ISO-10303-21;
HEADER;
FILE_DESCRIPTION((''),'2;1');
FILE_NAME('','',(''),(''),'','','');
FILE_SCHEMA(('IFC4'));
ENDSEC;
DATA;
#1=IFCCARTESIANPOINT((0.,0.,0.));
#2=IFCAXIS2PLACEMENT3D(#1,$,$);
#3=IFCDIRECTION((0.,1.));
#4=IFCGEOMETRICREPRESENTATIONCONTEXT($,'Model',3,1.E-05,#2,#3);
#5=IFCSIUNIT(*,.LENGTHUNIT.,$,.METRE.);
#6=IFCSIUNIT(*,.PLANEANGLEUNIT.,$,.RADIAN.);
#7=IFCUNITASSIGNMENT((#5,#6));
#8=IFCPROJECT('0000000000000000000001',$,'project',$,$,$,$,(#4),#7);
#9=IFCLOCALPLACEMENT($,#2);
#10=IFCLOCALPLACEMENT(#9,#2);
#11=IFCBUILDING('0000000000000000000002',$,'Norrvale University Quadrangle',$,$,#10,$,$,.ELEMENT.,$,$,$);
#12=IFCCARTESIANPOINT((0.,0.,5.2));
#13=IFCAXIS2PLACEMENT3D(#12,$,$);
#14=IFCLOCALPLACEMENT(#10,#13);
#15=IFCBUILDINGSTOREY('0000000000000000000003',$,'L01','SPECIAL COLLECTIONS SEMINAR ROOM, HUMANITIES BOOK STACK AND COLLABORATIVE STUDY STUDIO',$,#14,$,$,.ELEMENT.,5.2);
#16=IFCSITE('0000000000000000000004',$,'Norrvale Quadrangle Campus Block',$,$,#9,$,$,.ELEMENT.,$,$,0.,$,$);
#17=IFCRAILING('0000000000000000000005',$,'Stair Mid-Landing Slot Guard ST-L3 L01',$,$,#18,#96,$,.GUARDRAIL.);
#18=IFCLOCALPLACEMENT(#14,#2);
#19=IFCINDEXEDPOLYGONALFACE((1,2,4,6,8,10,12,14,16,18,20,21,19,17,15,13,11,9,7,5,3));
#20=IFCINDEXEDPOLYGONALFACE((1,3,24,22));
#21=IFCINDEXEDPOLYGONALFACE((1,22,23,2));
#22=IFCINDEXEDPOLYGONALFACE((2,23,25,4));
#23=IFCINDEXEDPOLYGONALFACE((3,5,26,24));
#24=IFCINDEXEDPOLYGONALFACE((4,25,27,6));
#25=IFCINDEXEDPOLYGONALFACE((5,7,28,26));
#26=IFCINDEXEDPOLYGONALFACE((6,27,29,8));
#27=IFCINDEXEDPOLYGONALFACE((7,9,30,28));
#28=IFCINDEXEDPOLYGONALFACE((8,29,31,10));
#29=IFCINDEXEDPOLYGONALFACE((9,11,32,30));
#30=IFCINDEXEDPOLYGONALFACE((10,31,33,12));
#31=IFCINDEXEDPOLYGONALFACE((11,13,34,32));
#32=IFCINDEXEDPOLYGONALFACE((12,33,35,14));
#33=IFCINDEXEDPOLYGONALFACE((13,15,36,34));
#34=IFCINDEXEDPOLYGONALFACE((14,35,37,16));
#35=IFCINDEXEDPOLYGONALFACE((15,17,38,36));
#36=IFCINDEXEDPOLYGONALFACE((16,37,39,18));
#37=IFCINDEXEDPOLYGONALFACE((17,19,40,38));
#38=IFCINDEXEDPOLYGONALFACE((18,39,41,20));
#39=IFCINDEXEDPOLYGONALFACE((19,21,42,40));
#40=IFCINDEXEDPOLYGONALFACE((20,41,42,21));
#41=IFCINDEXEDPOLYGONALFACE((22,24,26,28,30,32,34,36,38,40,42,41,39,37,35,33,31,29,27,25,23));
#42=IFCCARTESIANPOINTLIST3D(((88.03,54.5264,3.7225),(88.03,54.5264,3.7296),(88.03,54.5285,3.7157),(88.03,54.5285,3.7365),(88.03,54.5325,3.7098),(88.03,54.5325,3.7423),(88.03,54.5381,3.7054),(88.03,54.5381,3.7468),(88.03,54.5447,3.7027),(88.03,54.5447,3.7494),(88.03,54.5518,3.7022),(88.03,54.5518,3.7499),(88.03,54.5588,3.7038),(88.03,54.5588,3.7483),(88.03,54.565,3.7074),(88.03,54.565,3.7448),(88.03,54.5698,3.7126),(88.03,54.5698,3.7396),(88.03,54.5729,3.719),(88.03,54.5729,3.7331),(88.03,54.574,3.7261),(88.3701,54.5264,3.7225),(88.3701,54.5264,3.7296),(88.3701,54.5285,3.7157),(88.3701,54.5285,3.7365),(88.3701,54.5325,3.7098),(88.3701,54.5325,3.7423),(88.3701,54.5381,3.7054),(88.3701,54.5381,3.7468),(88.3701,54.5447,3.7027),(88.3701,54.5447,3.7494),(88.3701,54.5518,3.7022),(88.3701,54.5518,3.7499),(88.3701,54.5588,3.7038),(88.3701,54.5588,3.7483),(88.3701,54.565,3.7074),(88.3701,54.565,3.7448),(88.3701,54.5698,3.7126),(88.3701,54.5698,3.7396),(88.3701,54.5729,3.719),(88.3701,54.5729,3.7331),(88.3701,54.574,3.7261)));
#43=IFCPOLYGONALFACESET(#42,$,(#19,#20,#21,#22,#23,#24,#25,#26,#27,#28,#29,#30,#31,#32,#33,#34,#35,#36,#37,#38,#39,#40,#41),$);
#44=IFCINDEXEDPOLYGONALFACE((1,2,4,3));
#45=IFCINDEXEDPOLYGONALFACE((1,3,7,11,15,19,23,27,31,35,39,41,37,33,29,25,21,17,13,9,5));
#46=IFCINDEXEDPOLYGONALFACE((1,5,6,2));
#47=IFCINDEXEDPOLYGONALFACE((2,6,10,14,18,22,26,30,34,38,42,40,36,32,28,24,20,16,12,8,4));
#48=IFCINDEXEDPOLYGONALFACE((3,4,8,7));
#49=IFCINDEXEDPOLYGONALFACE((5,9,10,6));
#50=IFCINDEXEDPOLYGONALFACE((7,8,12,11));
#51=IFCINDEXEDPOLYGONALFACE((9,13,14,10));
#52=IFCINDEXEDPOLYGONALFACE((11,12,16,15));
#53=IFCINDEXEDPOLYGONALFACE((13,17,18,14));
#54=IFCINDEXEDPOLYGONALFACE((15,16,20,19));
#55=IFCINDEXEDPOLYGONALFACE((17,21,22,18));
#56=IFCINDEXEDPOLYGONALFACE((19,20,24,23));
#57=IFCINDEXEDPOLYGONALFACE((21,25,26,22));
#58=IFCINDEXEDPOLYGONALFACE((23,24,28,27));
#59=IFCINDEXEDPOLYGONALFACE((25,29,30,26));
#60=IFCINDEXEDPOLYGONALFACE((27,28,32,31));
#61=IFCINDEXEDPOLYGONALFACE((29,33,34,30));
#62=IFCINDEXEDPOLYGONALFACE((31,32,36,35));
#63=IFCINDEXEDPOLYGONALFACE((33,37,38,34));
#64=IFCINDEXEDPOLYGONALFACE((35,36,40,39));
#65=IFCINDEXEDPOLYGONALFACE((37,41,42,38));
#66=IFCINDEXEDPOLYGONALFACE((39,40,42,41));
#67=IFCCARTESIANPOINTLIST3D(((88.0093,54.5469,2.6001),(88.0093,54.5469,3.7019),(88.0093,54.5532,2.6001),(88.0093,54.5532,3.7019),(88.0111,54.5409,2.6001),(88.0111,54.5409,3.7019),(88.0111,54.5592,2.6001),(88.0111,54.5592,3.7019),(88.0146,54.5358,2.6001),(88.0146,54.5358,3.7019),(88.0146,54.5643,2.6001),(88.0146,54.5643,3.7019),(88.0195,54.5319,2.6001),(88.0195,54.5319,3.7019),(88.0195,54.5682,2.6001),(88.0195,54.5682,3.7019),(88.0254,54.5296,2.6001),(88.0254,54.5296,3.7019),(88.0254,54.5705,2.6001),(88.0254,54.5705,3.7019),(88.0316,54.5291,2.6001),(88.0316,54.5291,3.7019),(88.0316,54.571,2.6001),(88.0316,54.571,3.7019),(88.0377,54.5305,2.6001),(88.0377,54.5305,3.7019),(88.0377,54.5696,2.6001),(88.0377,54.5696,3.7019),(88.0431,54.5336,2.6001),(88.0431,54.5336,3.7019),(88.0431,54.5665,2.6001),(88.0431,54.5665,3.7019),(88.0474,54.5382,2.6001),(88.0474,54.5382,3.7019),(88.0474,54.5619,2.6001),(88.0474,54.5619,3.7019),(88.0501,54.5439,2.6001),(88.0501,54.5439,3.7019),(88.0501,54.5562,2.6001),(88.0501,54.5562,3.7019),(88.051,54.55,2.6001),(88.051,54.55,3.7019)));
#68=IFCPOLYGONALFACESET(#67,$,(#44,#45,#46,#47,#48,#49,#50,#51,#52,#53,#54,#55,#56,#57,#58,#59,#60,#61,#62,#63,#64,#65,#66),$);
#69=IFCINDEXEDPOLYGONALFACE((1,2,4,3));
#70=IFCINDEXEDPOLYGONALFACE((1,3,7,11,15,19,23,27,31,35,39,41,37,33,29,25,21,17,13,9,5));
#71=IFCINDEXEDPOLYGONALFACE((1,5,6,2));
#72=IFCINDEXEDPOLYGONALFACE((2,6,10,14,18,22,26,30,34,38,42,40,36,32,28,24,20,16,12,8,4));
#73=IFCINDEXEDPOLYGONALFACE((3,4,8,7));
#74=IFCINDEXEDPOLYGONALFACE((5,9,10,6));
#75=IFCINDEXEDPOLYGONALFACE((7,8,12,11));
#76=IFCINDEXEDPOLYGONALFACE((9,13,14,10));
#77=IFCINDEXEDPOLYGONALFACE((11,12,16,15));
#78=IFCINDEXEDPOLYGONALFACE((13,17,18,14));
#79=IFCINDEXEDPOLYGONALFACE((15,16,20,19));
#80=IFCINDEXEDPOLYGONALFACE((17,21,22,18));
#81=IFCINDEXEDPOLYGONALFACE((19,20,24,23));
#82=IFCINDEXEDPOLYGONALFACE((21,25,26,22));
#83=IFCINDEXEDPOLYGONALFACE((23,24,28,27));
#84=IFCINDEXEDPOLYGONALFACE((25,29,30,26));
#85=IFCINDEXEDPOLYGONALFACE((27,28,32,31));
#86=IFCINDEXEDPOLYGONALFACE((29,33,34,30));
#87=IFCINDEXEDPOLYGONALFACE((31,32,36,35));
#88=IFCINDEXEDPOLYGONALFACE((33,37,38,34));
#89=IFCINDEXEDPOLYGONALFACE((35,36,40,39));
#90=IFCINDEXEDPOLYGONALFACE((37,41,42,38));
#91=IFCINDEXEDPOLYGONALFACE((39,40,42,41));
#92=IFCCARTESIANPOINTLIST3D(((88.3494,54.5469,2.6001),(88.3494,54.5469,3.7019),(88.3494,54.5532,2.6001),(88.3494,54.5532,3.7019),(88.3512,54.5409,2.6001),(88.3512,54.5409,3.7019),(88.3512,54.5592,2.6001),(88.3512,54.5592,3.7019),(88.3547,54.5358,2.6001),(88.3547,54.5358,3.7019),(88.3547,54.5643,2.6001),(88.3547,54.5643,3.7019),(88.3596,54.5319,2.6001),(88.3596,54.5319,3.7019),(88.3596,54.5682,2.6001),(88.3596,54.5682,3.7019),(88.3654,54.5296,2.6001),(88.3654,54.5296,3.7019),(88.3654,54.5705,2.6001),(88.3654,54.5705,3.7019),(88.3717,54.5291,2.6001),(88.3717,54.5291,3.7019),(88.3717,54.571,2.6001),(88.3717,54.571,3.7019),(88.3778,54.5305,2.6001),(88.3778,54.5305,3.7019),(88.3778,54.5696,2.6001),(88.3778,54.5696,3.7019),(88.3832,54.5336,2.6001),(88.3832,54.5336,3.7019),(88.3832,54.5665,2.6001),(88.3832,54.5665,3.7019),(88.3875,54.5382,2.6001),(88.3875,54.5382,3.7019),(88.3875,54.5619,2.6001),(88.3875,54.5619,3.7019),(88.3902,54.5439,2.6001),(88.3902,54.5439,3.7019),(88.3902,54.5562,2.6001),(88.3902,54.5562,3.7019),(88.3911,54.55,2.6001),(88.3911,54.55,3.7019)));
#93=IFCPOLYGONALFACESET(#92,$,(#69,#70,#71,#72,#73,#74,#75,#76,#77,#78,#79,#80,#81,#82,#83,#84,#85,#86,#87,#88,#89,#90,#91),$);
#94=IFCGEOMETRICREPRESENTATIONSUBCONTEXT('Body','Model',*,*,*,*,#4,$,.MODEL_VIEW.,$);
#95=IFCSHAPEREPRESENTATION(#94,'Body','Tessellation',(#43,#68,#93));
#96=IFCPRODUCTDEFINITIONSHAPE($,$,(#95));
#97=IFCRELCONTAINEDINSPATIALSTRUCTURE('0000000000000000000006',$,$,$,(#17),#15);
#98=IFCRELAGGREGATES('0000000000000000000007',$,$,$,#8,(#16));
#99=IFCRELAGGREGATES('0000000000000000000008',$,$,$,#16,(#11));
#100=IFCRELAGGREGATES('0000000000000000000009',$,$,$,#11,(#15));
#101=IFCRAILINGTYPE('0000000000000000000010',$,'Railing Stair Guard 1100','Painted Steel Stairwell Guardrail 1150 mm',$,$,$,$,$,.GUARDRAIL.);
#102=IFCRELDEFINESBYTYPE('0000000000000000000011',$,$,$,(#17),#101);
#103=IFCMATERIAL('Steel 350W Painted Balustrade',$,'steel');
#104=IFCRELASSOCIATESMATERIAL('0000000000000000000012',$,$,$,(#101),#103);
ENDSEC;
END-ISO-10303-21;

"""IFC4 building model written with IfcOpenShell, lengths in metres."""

from ifc_helpers import new_model, si_unit, direction, frame, origin, origin_2d, place, context, subcontext, project, spatial, circle, extrude, material, type_object, element, save


model = new_model("IFC4")

# Units and contexts
model_context = context("Model", 3, precision=1e-05, world=origin(), true_north=direction((0.0, 1.0)))
body_context = subcontext(model_context, "Body", "Model", "MODEL_VIEW")
ifc_project = project(units=[si_unit("LENGTHUNIT", "METRE"), si_unit("PLANEANGLEUNIT", "RADIAN")], contexts=[model_context])

# Site, building, storey
site_placement = place(None, origin())
site = spatial("IfcSite", under=ifc_project, at=site_placement, Name="Norrvale Quadrangle Campus Block", CompositionType="ELEMENT", RefElevation=0.0)
building_placement = place(site_placement, origin())
building = spatial("IfcBuilding", under=site, at=building_placement, Name="Norrvale University Quadrangle", CompositionType="ELEMENT")
storey_placement = place(building_placement, frame((0.0, 0.0, 5.2)))
storey = spatial("IfcBuildingStorey", under=building, at=storey_placement, Name="L01", Description="SPECIAL COLLECTIONS SEMINAR ROOM, HUMANITIES BOOK STACK AND COLLABORATIVE STUDY STUDIO", CompositionType="ELEMENT", Elevation=5.2)

# Railing
ifc_material_1 = material(Name="Steel 350W Painted Balustrade", Category="steel")
railing_type_1 = type_object("IfcRailingType", Name="Railing Stair Guard 1100", Description="Painted Steel Stairwell Guardrail 1150 mm", PredefinedType="GUARDRAIL", material=ifc_material_1)
for number, where, name in (
    (1, (88.03, 54.55, 2.6001), "Stair Mid-Landing Slot Guard ST-L3 L01"),
):
    element("IfcRailing", number, at=place(storey_placement, frame(where)), inside=storey, type_object=railing_type_1, Name=name, PredefinedType="GUARDRAIL", context=body_context, shape_type="SweptSolid", body=[
        extrude(circle(Radius=0.0239, at=origin_2d()), frame((0.0, 0.0, 1.126), z_axis=(1.0, 0.0, 0.0), x_axis=(0.0, 1.0, 0.0)), (0.0, 0.0, 1.0), 0.3401),
        extrude(circle(Radius=0.021, at=origin_2d()), origin(), (0.0, 0.0, 1.0), 1.1018),
        extrude(circle(Radius=0.021, at=origin_2d()), frame((0.3401, 0.0, 0.0)), (0.0, 0.0, 1.0), 1.1018),
    ])

save(model, "model.ifc")
